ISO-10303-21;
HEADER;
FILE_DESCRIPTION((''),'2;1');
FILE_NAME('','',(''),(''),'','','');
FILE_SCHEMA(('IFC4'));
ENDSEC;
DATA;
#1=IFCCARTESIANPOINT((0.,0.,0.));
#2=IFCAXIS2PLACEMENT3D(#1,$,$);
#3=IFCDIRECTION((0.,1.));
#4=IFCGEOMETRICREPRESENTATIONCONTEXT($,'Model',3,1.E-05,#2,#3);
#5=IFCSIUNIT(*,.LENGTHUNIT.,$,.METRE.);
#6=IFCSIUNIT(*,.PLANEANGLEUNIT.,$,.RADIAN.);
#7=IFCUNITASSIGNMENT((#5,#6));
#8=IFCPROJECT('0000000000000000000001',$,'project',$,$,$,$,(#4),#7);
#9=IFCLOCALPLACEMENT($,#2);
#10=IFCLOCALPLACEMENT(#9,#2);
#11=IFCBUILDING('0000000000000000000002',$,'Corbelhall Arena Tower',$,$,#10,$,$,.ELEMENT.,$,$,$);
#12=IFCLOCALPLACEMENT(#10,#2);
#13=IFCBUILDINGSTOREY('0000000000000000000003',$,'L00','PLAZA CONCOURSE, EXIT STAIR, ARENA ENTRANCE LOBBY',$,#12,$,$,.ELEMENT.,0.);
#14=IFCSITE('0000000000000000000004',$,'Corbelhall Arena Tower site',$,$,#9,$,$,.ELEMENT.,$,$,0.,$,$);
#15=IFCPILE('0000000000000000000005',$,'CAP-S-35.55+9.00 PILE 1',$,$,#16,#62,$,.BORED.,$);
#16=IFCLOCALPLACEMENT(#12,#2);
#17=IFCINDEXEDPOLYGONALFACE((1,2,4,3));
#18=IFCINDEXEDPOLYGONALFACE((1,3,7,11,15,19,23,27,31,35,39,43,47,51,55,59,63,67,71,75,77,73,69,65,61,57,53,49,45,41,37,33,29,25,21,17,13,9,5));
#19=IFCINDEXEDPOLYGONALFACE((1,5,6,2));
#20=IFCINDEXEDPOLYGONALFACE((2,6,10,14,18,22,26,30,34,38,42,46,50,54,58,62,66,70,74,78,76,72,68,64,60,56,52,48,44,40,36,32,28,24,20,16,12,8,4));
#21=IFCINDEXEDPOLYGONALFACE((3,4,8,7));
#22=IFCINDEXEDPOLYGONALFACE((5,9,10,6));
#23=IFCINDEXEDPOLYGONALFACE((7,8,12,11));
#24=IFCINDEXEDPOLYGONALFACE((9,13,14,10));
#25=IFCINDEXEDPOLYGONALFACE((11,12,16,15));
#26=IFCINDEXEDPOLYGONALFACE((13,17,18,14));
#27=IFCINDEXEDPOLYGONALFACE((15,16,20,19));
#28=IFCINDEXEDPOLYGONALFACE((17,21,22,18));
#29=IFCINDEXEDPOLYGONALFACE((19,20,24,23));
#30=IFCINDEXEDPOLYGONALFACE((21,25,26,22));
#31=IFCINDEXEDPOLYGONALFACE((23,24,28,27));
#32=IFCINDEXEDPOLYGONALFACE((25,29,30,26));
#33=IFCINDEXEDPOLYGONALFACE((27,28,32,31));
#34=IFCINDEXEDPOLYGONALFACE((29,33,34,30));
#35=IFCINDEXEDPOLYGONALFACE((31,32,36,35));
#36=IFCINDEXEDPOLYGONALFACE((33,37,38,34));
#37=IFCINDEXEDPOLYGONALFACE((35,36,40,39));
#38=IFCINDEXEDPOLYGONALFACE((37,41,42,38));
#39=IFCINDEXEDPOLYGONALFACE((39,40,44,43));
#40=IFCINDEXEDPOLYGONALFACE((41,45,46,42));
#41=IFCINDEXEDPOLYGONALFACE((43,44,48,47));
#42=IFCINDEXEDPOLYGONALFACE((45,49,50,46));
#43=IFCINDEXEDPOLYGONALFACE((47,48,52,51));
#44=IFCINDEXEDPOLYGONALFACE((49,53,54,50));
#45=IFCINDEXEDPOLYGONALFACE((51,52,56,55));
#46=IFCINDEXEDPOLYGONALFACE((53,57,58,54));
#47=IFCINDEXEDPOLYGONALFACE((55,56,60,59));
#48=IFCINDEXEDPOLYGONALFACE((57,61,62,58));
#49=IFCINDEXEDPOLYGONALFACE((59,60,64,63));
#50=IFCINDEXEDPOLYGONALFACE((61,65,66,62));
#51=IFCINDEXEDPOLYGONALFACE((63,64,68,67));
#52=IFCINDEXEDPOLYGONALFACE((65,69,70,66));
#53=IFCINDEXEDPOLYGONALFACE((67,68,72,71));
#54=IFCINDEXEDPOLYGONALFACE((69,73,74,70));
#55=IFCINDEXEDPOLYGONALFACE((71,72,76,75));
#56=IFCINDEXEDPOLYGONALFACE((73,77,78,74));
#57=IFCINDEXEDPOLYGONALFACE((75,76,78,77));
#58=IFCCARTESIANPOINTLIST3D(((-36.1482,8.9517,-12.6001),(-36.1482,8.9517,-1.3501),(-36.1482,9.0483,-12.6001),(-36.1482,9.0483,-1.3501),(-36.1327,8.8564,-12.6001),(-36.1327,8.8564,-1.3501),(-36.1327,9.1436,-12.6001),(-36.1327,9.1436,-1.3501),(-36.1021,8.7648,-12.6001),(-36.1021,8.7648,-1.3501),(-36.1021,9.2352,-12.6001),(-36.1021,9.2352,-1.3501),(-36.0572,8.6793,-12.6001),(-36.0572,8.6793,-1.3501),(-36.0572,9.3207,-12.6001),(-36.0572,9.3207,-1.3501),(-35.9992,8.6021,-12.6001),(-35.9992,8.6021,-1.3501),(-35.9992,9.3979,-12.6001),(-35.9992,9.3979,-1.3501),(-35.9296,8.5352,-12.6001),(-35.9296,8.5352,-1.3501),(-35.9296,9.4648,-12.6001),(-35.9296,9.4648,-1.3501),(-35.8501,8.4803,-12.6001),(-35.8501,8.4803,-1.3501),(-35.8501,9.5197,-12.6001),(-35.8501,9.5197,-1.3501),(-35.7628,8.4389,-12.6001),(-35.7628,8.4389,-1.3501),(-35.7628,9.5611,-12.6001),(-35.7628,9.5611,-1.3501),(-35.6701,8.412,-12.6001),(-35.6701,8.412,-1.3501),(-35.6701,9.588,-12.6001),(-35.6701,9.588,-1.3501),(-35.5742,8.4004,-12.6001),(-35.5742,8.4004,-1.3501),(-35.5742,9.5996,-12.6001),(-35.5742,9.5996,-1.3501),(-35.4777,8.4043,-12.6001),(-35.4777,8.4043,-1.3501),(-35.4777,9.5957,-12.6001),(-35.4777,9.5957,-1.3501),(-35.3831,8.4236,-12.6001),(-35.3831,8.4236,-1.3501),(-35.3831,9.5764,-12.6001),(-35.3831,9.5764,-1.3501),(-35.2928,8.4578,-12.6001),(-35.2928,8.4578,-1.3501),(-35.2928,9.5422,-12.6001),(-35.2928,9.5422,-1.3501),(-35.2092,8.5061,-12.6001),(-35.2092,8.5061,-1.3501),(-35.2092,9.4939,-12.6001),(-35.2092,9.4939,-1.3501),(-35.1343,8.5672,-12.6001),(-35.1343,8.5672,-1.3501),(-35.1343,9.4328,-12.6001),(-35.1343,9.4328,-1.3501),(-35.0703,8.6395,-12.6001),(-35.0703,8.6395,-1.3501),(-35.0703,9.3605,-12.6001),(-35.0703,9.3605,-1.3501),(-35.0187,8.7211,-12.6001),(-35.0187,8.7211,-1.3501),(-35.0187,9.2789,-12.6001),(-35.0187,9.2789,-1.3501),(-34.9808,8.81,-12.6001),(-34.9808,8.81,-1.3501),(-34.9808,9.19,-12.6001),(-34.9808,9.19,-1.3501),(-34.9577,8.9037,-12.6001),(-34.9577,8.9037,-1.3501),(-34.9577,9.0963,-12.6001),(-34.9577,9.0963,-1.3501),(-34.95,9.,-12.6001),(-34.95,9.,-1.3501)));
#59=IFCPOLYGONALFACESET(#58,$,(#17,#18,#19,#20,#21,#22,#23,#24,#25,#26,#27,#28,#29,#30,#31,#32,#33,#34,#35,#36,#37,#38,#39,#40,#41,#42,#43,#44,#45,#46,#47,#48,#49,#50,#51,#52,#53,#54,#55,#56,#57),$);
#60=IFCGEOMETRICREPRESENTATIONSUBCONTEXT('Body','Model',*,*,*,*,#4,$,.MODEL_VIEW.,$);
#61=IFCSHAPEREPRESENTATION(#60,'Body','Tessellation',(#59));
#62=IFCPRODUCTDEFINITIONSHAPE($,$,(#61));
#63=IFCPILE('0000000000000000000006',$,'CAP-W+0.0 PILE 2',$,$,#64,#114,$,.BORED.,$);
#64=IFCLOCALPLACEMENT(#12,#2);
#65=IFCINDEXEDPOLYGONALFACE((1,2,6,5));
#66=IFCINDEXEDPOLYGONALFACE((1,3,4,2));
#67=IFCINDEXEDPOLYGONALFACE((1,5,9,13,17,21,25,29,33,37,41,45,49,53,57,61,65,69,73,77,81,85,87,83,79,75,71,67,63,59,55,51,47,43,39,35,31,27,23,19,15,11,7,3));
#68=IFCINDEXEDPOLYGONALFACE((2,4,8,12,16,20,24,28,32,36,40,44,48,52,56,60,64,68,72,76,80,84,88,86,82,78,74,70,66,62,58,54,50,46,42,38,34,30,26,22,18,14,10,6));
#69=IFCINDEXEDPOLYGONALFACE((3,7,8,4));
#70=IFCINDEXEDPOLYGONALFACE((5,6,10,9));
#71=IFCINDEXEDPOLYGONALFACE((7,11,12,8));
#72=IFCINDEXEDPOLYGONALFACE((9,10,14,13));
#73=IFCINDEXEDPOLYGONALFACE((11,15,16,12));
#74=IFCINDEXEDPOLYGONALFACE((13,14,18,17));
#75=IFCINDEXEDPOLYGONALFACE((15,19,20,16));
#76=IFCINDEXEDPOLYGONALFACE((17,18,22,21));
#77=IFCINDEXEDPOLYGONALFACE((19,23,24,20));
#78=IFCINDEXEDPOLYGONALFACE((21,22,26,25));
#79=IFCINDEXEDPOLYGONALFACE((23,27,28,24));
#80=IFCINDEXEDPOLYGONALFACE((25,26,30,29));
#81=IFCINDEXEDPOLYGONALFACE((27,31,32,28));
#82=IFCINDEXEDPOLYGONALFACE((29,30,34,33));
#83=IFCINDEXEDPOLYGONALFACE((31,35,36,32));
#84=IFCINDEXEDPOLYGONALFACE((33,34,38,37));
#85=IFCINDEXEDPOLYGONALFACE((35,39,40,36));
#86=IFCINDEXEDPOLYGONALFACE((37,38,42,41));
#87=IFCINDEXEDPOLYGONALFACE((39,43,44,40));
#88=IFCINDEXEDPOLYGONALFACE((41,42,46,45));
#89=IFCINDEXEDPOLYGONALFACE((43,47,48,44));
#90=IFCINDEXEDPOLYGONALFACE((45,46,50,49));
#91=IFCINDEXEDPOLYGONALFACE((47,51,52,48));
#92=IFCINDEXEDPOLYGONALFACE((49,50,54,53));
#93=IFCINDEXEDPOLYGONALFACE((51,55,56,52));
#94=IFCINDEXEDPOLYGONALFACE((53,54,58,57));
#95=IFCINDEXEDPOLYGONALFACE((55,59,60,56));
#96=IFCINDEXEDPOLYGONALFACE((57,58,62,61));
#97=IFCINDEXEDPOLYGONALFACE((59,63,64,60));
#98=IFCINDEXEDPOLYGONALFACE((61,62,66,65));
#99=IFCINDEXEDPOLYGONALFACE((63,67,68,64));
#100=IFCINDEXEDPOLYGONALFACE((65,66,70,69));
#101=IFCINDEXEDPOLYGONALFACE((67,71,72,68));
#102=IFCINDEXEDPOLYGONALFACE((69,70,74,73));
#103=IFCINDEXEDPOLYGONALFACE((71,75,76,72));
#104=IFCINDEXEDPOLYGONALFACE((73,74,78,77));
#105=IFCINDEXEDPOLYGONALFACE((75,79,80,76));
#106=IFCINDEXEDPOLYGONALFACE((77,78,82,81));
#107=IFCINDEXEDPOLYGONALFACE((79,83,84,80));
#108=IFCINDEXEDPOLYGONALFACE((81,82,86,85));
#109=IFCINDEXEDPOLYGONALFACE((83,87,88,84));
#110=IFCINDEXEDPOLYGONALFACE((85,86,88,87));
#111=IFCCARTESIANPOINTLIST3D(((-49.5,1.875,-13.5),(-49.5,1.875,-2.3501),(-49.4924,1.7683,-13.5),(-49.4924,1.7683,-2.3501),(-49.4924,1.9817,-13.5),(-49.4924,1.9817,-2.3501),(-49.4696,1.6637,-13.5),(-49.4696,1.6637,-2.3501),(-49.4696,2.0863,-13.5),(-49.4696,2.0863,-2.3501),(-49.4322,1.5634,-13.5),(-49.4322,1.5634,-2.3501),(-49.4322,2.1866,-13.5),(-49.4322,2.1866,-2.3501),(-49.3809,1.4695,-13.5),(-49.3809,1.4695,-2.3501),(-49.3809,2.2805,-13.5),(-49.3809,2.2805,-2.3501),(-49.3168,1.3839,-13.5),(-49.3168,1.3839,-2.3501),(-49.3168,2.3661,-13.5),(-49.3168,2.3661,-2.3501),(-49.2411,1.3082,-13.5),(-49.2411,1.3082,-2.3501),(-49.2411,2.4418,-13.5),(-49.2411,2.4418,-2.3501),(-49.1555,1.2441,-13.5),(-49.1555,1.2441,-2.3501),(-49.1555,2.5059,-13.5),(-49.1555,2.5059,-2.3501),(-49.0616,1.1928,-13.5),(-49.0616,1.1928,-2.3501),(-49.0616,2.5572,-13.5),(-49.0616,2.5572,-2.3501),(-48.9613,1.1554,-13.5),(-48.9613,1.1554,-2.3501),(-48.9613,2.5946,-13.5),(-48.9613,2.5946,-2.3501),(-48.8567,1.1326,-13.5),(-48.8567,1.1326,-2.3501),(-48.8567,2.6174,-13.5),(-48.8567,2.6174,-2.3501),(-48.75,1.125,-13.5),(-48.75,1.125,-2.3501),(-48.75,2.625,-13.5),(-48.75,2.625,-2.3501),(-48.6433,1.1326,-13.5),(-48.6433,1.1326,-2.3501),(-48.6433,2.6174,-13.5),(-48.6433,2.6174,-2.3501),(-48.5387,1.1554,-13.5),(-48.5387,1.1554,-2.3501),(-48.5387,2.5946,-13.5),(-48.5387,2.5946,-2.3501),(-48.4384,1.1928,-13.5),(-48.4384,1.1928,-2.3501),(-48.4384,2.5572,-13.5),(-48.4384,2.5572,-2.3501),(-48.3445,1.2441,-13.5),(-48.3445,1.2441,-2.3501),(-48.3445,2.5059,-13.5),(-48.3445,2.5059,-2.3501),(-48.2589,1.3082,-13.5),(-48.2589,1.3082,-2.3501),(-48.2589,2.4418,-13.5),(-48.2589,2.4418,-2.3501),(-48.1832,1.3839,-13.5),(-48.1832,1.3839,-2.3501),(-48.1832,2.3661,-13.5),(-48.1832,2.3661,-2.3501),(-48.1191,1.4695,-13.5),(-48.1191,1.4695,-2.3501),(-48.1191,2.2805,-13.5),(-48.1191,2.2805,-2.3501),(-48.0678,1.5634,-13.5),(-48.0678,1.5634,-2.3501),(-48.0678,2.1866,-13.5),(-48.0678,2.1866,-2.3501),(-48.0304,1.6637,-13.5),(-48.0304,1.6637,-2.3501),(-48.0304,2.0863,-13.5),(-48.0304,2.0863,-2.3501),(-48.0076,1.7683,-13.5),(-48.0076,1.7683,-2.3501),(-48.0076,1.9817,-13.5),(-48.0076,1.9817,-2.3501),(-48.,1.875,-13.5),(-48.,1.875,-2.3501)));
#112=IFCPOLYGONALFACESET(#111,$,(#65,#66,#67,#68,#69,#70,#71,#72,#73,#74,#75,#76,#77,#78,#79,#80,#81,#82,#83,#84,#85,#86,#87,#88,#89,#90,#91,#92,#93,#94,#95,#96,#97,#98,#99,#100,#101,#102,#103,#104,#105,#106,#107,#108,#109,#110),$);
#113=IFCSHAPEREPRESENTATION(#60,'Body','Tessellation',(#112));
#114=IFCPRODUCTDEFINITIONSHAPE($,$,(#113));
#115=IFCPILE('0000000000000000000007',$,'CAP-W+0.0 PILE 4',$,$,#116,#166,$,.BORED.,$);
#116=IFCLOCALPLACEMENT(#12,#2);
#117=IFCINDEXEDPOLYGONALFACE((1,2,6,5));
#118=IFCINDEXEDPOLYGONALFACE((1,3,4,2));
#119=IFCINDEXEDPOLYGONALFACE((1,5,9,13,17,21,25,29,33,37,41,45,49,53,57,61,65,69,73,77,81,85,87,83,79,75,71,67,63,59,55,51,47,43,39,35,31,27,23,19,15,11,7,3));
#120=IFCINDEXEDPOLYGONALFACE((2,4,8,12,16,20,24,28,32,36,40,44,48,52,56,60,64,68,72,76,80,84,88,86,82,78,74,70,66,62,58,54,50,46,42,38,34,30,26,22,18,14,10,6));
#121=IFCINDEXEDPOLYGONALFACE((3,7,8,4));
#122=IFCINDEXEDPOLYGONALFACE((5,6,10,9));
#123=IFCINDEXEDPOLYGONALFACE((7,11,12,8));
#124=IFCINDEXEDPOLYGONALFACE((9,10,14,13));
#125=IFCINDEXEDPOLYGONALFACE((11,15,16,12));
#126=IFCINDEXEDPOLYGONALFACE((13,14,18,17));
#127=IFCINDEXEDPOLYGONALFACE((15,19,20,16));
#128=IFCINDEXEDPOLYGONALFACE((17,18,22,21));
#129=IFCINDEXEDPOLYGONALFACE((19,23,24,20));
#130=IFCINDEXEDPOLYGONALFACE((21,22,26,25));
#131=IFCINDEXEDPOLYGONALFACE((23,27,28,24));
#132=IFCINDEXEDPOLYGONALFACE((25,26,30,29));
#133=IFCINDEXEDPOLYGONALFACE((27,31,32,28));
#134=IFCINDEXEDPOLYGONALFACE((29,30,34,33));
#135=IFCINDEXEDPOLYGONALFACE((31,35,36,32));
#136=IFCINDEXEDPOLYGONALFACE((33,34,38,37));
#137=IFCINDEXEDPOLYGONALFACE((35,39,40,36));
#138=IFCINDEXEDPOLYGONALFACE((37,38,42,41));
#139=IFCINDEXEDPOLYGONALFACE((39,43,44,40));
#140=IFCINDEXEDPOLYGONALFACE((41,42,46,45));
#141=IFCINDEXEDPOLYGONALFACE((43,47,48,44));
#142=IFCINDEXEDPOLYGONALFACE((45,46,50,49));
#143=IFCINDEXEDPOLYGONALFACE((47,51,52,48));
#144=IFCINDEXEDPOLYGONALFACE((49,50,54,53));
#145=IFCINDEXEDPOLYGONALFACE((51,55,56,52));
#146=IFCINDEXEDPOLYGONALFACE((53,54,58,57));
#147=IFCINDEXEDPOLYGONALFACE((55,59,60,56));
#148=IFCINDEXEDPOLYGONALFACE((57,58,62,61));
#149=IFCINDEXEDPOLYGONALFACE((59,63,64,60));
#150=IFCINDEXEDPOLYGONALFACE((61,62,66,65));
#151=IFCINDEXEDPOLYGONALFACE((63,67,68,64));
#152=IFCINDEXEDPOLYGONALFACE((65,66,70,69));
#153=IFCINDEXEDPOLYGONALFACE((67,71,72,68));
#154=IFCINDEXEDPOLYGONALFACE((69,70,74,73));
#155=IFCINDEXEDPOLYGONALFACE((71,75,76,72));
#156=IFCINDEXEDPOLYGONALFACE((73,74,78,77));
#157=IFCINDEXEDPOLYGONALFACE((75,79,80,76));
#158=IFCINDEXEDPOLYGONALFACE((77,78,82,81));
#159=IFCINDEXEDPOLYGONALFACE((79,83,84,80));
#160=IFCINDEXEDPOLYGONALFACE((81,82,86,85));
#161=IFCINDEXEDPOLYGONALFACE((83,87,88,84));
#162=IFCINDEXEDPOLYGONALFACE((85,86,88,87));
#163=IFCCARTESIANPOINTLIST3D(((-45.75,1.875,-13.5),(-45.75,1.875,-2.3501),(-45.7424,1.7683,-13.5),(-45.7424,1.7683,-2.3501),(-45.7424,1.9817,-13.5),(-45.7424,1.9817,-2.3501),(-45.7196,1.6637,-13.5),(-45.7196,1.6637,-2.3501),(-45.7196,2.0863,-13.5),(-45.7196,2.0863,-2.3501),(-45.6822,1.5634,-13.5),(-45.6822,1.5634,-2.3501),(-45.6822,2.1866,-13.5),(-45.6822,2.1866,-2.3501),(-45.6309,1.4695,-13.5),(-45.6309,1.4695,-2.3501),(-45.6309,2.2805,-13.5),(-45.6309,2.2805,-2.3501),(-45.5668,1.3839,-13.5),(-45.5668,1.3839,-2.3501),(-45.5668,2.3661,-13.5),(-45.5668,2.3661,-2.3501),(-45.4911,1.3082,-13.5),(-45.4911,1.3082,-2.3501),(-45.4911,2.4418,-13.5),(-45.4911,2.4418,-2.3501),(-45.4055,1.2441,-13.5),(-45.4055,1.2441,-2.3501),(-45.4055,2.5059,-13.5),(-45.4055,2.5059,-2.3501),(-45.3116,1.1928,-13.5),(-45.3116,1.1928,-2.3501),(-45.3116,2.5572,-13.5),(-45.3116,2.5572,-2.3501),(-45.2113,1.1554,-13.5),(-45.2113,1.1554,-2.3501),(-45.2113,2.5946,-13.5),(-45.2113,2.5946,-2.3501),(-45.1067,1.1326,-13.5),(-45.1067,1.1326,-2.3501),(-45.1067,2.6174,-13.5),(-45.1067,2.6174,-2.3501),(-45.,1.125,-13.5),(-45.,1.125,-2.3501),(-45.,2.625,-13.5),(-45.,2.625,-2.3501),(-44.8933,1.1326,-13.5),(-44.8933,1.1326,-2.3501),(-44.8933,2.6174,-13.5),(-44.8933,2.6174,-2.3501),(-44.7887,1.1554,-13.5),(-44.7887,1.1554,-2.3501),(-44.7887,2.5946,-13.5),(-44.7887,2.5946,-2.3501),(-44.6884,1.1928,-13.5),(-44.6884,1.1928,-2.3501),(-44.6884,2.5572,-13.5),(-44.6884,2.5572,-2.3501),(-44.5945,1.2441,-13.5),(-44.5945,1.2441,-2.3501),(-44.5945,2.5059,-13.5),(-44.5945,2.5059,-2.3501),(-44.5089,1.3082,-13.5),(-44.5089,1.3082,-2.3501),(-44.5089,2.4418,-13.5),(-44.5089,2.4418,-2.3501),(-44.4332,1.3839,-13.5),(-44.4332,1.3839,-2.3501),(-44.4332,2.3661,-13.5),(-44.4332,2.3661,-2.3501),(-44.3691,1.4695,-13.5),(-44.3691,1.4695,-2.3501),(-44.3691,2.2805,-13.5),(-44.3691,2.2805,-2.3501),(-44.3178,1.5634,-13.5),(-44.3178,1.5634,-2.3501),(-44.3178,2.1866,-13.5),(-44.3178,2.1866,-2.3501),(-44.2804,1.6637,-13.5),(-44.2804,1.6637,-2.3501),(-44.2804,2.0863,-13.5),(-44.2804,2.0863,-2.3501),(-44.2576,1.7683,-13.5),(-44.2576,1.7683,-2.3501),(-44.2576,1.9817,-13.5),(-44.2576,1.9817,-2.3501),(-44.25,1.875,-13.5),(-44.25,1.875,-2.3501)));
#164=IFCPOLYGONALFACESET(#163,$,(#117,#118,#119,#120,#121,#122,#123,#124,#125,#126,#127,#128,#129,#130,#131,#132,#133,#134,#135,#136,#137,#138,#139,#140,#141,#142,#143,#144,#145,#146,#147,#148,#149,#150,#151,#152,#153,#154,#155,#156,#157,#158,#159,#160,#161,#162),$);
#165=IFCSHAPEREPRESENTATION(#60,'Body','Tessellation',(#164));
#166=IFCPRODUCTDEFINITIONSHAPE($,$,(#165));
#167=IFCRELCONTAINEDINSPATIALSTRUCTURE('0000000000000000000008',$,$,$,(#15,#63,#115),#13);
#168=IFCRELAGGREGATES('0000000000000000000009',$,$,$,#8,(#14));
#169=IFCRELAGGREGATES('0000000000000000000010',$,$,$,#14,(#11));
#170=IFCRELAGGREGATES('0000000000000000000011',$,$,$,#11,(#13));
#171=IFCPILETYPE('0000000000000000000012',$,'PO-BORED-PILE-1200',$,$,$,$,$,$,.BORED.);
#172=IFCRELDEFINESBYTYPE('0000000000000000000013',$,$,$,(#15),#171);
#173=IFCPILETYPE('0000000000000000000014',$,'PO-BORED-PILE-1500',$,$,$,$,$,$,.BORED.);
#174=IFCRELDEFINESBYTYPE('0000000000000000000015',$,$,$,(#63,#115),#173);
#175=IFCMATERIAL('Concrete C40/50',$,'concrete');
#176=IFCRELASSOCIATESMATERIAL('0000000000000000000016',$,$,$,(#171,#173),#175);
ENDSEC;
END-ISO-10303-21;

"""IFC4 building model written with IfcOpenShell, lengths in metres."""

from ifc_helpers import new_model, si_unit, direction, frame, origin, origin_2d, place, context, subcontext, project, spatial, circle, extrude, material, material_profile, profile_set, type_object, element, save


model = new_model("IFC4")

# Units and contexts
model_context = context("Model", 3, precision=1e-05, world=origin(), true_north=direction((0.0, 1.0)))
body_context = subcontext(model_context, "Body", "Model", "MODEL_VIEW")
ifc_project = project(units=[si_unit("LENGTHUNIT", "METRE"), si_unit("PLANEANGLEUNIT", "RADIAN")], contexts=[model_context])

# Site, building, storey
site_placement = place(None, origin())
site = spatial("IfcSite", under=ifc_project, at=site_placement, Name="Corbelhall Arena Tower site", CompositionType="ELEMENT", RefElevation=0.0)
building_placement = place(site_placement, origin())
building = spatial("IfcBuilding", under=site, at=building_placement, Name="Corbelhall Arena Tower", CompositionType="ELEMENT")
storey_placement = place(building_placement, origin())
storey = spatial("IfcBuildingStorey", under=building, at=storey_placement, Name="L00", Description="PLAZA CONCOURSE, EXIT STAIR, ARENA ENTRANCE LOBBY", CompositionType="ELEMENT", Elevation=0.0)

# Piles
ifc_material_1 = material(Name="Concrete C40/50", Category="concrete")
ifc_material_profile_1 = material_profile(ifc_material_1, circle(Radius=0.6001, at=origin_2d()))
ifc_profile_set_1 = profile_set([ifc_material_profile_1], Name="Concrete C40/50")
pile_type_1 = type_object("IfcPileType", Name="PO-BORED-PILE-1200", PredefinedType="BORED", material=ifc_profile_set_1)
pile_placement = place(storey_placement, frame((-35.55, 9.0, -1.3501), z_axis=(0.0, 0.0, -1.0), x_axis=(1.0, 0.0, 0.0)))
element("IfcPile", 1, at=pile_placement, inside=storey, type_object=pile_type_1, Name="CAP-S-35.55+9.00 PILE 1", PredefinedType="BORED", context=body_context, shape_type="SweptSolid", body=[
    extrude(circle(Radius=0.6001, at=origin_2d()), origin(), (0.0, 0.0, 1.0), 11.25),
])
ifc_material_profile_2 = material_profile(ifc_material_1, circle(Radius=0.75, at=origin_2d()))
ifc_profile_set_2 = profile_set([ifc_material_profile_2], Name="Concrete C40/50")
pile_type_2 = type_object("IfcPileType", Name="PO-BORED-PILE-1500", PredefinedType="BORED", material=ifc_profile_set_2)
for number, where, z_axis, x_axis, name in (
    (2, (-48.75, 1.875, -2.3501), (0.0, 0.0, -1.0), (1.0, 0.0, 0.0), "CAP-W+0.0 PILE 2"),
    (3, (-45.0, 1.875, -2.3501), (0.0, 0.0, -1.0), (1.0, 0.0, 0.0), "CAP-W+0.0 PILE 4"),
):
    element("IfcPile", number, at=place(storey_placement, frame(where, z_axis=z_axis, x_axis=x_axis)), inside=storey, type_object=pile_type_2, Name=name, PredefinedType="BORED", context=body_context, shape_type="SweptSolid", body=[
        extrude(circle(Radius=0.75, at=origin_2d()), origin(), (0.0, 0.0, 1.0), 11.1499),
    ])

save(model, "model.ifc")
